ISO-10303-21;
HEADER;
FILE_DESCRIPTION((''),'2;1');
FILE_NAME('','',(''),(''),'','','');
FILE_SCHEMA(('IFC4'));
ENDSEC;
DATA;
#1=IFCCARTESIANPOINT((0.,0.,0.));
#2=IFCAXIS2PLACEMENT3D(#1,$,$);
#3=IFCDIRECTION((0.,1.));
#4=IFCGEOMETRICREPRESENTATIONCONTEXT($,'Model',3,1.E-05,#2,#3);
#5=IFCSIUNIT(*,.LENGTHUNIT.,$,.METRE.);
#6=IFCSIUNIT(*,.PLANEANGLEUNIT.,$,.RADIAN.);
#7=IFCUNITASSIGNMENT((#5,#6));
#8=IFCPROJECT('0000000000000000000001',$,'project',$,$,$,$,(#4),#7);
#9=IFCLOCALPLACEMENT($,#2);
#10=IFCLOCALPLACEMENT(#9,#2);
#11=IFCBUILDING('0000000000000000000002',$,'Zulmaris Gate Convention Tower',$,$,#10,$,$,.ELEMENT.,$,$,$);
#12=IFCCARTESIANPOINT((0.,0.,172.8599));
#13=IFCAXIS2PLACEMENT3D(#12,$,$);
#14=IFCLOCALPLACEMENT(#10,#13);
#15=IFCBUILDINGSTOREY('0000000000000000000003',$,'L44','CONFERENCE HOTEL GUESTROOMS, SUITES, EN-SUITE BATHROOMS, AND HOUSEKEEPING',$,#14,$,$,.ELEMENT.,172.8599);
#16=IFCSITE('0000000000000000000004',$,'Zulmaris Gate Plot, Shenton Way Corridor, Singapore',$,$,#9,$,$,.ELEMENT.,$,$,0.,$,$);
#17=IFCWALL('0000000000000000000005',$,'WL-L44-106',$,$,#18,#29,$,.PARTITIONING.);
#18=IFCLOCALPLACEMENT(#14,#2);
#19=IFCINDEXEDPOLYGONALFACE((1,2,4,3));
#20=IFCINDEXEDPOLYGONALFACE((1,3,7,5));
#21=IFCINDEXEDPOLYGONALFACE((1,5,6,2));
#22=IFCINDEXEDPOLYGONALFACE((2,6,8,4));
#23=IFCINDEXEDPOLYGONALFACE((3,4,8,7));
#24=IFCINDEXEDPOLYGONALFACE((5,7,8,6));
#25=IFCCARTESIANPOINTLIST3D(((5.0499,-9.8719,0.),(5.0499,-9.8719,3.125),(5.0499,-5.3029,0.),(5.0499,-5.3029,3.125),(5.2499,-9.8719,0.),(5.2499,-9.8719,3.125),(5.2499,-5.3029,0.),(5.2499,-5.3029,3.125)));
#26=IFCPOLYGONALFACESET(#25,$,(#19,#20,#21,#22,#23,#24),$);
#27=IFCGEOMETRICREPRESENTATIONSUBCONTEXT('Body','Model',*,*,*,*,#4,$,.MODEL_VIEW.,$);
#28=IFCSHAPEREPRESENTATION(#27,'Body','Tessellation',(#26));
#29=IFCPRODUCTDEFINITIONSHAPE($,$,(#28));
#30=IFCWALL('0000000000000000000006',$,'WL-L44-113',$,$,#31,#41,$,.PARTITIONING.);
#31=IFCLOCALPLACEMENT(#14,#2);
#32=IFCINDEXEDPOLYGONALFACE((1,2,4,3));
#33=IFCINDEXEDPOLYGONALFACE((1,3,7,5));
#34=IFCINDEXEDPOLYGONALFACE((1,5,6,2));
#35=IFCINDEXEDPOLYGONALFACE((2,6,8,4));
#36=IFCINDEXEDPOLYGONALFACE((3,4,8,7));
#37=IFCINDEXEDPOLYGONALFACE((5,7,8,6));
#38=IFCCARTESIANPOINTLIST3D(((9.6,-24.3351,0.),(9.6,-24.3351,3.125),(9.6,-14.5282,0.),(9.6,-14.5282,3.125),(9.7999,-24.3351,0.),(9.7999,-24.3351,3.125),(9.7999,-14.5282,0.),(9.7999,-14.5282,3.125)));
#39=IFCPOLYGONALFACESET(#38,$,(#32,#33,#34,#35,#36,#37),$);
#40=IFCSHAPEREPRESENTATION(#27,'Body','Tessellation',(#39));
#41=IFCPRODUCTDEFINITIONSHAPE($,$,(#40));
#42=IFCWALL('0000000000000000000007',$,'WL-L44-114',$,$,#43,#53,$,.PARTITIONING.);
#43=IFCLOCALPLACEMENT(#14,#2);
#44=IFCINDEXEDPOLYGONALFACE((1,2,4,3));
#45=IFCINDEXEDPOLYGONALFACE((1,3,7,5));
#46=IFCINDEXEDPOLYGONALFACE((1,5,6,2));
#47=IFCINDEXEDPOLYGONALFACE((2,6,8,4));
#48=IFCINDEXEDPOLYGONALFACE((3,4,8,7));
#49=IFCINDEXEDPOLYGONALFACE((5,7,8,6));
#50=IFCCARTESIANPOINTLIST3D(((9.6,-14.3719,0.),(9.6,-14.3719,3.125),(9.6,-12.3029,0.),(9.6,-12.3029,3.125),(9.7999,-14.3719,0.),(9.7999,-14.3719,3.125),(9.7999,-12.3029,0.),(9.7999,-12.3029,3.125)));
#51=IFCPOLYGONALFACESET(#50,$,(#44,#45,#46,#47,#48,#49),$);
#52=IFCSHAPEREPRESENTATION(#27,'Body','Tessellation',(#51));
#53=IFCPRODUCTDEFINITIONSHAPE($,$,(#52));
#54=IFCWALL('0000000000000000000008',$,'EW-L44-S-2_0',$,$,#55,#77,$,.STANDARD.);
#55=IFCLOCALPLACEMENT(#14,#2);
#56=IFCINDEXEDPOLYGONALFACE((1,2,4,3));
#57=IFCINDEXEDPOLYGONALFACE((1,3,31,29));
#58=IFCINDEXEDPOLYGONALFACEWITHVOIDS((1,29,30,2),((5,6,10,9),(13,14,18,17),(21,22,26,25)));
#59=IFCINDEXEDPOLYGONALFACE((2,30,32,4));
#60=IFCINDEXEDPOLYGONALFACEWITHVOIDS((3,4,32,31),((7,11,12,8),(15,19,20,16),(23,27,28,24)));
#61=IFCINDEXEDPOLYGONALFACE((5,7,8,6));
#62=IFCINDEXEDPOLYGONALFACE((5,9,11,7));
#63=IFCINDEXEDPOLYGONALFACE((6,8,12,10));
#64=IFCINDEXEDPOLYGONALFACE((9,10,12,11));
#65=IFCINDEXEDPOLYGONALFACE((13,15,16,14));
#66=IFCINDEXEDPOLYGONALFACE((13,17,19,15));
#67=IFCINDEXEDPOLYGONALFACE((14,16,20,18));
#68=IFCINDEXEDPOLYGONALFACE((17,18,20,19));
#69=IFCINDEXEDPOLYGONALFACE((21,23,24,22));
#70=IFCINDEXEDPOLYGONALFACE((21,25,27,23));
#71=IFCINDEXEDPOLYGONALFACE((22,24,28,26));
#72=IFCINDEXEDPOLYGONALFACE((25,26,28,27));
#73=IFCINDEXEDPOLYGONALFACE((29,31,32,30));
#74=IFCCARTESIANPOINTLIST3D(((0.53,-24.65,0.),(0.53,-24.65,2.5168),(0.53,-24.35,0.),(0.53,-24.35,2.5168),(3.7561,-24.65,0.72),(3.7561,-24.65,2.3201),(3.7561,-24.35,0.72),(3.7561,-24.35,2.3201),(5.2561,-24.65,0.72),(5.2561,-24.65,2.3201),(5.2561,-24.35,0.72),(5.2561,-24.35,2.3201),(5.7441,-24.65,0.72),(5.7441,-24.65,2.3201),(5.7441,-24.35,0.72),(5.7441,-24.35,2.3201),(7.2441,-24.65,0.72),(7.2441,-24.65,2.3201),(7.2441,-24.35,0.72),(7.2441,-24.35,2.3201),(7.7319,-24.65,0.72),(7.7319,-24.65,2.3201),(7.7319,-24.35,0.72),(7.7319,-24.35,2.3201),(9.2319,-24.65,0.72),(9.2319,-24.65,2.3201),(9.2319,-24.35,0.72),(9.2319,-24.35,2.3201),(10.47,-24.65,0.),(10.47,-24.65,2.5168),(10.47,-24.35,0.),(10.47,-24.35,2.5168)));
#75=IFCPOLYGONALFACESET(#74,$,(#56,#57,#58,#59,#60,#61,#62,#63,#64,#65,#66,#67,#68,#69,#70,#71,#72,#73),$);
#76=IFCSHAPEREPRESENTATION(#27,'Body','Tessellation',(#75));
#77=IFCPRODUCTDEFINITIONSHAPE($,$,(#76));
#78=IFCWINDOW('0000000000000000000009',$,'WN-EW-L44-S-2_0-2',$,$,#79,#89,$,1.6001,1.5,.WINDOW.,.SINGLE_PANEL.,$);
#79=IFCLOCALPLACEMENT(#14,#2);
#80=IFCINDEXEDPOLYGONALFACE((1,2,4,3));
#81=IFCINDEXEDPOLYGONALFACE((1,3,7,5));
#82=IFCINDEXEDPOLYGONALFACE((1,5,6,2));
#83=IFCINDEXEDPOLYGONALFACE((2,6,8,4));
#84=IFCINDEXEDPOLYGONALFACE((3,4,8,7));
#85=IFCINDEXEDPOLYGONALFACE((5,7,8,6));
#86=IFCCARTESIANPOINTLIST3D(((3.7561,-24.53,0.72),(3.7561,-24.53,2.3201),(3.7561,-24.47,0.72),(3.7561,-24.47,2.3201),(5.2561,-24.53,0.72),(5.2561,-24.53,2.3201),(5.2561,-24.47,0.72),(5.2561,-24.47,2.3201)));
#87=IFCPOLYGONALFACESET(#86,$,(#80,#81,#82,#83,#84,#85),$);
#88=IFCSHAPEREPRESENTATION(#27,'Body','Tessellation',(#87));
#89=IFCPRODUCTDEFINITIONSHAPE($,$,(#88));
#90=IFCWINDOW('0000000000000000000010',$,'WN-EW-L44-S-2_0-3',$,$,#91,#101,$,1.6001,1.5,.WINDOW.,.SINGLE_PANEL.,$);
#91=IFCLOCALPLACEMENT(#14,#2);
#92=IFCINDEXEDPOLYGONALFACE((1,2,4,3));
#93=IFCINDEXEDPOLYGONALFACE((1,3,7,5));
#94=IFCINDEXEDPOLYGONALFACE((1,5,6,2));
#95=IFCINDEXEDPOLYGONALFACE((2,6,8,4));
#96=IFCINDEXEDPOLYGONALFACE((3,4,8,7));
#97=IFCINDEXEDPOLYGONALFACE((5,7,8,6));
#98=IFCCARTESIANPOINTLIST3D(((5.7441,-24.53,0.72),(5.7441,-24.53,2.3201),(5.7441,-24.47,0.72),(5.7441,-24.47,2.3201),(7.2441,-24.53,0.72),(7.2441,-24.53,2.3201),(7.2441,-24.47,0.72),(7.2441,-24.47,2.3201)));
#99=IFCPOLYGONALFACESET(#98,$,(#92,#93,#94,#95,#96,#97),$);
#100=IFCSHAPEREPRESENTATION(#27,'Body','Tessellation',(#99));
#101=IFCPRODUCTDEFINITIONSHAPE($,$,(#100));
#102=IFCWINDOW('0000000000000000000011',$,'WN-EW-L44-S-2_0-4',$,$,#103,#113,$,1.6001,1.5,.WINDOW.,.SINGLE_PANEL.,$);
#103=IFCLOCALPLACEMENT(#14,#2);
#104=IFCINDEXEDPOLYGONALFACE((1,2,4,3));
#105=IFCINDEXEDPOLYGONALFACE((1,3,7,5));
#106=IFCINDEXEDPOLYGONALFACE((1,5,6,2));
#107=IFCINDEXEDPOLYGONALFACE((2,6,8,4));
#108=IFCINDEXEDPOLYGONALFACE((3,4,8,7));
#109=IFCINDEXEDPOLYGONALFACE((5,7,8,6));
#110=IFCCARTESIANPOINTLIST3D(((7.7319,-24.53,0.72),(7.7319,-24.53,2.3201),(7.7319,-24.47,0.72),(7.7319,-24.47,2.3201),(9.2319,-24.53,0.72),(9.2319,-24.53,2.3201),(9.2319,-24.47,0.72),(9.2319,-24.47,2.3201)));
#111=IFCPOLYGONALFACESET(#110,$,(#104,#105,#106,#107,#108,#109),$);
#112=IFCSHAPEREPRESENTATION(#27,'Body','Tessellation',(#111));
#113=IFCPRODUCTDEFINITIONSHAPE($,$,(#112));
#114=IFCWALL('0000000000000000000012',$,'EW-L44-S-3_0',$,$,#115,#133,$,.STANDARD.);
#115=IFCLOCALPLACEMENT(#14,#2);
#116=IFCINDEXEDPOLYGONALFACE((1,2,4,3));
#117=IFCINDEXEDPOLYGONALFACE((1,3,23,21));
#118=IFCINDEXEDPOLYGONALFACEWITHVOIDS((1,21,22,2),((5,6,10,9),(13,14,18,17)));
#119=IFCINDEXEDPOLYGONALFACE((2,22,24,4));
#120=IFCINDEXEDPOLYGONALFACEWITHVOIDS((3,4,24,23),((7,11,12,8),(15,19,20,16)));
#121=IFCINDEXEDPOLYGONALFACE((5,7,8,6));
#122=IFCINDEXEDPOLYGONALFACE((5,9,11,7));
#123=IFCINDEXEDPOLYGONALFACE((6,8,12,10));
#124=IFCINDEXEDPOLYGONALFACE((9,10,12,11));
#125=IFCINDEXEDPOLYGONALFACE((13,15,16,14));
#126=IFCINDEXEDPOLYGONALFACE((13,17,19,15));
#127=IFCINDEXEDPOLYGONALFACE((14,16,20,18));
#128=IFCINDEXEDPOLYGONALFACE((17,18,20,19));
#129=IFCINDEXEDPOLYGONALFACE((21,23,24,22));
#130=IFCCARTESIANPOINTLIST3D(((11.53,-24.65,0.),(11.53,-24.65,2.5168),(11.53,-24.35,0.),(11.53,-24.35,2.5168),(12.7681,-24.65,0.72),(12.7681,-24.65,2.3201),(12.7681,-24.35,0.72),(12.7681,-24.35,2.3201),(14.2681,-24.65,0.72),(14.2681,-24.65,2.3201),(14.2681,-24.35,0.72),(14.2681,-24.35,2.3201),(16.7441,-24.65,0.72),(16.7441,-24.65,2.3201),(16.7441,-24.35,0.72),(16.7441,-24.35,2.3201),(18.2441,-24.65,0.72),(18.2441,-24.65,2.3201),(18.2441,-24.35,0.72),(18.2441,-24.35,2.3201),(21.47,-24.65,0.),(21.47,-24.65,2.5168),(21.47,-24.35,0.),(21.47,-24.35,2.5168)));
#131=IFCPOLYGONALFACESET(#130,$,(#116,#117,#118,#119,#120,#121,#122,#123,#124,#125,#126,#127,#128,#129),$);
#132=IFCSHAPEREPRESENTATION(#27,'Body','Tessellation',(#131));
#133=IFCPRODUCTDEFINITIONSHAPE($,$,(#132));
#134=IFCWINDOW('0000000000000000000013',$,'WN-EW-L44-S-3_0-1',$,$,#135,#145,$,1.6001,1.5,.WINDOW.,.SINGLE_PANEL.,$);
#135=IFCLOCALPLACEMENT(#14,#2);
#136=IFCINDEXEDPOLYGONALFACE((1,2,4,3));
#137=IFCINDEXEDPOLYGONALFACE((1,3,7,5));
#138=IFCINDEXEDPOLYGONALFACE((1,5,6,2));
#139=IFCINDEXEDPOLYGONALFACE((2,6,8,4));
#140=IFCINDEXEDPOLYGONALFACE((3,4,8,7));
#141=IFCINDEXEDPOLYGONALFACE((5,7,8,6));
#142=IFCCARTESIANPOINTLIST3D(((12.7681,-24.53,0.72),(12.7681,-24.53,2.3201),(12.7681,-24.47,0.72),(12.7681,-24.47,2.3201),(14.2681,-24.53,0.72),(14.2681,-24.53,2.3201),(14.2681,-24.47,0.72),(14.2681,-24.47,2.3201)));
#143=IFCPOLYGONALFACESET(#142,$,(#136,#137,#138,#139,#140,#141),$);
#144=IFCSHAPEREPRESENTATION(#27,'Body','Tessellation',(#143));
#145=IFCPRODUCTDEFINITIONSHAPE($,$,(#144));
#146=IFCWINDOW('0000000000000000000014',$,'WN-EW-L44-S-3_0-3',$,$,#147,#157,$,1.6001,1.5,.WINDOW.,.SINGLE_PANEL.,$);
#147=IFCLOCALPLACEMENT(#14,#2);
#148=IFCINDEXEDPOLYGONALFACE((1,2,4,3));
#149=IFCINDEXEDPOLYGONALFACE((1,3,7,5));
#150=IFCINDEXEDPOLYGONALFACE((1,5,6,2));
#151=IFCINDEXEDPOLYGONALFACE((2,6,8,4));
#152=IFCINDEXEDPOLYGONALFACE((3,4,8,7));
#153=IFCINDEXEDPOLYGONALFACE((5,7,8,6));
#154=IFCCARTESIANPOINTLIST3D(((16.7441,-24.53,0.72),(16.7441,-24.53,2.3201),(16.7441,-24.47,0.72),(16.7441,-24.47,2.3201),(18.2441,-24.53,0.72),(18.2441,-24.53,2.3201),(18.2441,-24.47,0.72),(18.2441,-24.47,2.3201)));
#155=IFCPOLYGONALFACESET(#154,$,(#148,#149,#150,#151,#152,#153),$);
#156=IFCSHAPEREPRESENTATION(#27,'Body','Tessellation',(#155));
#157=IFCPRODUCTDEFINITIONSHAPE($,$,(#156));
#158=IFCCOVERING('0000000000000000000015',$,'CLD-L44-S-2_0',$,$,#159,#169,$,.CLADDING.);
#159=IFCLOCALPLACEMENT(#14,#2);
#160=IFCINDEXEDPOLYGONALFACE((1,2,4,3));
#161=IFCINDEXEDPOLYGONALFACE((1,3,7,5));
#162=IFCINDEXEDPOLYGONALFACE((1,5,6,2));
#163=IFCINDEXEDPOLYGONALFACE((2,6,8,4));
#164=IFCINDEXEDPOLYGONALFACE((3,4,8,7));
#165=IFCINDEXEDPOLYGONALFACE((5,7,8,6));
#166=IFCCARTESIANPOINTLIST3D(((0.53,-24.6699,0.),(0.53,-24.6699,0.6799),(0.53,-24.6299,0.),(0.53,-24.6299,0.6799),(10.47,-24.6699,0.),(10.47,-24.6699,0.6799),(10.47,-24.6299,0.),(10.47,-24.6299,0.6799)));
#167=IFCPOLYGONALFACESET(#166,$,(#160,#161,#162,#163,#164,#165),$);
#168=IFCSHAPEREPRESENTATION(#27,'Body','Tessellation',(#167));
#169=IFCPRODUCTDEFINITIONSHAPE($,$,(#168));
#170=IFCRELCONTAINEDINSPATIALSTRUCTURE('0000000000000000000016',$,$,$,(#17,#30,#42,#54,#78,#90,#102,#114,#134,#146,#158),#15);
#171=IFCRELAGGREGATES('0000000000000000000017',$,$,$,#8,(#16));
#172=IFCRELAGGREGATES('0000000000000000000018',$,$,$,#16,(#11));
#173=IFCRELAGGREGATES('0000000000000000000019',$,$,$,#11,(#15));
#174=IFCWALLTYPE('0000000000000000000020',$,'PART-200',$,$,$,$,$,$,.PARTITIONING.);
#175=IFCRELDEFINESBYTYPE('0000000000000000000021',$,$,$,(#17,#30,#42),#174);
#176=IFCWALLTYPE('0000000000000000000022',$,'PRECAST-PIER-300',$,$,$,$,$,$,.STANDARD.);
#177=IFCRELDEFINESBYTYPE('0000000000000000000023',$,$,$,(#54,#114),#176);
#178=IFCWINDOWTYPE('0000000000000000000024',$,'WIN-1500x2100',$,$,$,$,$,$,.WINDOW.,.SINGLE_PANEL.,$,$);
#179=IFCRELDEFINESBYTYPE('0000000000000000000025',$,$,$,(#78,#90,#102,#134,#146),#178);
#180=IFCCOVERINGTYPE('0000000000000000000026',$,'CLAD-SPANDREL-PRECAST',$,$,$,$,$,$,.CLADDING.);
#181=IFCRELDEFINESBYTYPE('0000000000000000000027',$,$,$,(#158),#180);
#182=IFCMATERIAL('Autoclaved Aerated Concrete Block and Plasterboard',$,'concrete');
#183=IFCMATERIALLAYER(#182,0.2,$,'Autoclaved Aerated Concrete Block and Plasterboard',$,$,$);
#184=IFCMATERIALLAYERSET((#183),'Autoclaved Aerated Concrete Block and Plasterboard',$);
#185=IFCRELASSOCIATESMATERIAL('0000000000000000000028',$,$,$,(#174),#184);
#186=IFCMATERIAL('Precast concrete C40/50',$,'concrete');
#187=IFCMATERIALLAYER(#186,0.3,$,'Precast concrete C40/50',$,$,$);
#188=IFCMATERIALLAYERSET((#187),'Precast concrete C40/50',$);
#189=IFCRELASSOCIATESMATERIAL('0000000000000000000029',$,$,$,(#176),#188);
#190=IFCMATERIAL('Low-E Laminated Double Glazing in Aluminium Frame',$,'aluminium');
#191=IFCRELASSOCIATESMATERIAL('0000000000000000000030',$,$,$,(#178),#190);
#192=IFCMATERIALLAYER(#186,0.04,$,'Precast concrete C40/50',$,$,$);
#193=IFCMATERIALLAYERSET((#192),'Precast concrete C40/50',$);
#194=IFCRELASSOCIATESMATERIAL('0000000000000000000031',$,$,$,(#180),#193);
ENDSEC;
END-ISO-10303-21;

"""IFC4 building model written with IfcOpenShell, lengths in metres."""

from ifc_helpers import new_model, si_unit, direction, frame, frame_2d, origin, place, context, subcontext, project, spatial, rectangle, extrude, material, layer, layer_set, type_object, element, fill, save


model = new_model("IFC4")

# Units and contexts
model_context = context("Model", 3, precision=1e-05, world=origin(), true_north=direction((0.0, 1.0)))
body_context = subcontext(model_context, "Body", "Model", "MODEL_VIEW")
ifc_project = project(units=[si_unit("LENGTHUNIT", "METRE"), si_unit("PLANEANGLEUNIT", "RADIAN")], contexts=[model_context])

# Site, building, storey
site_placement = place(None, origin())
site = spatial("IfcSite", under=ifc_project, at=site_placement, Name="Zulmaris Gate Plot, Shenton Way Corridor, Singapore", CompositionType="ELEMENT", RefElevation=0.0)
building_placement = place(site_placement, origin())
building = spatial("IfcBuilding", under=site, at=building_placement, Name="Zulmaris Gate Convention Tower", CompositionType="ELEMENT")
storey_placement = place(building_placement, frame((0.0, 0.0, 172.8599)))
storey = spatial("IfcBuildingStorey", under=building, at=storey_placement, Name="L44", Description="CONFERENCE HOTEL GUESTROOMS, SUITES, EN-SUITE BATHROOMS, AND HOUSEKEEPING", CompositionType="ELEMENT", Elevation=172.8599)

# Walls
ifc_material_1 = material(Name="Autoclaved Aerated Concrete Block and Plasterboard", Category="concrete")
ifc_layer_1 = layer(ifc_material_1, 0.2, Name="Autoclaved Aerated Concrete Block and Plasterboard")
ifc_layer_set_1 = layer_set([ifc_layer_1], Name="Autoclaved Aerated Concrete Block and Plasterboard")
wall_type_1 = type_object("IfcWallType", Name="PART-200", PredefinedType="PARTITIONING", material=ifc_layer_set_1)
wall_1_placement = place(storey_placement, frame((5.1499, -9.8721, 0.0), z_axis=(0.0, 0.0, 1.0), x_axis=(0.0, 1.0, 0.0)))
element("IfcWall", 1, at=wall_1_placement, inside=storey, type_object=wall_type_1, Name="WL-L44-106", PredefinedType="PARTITIONING", context=body_context, shape_type="SweptSolid", body=[
    extrude(rectangle(XDim=4.5691, YDim=0.2, at=frame_2d((2.2847, 0.0))), origin(), (0.0, 0.0, 1.0), 3.125),
])
wall_2_placement = place(storey_placement, frame((9.7, -24.335, 0.0), z_axis=(0.0, 0.0, 1.0), x_axis=(0.0, 1.0, 0.0)))
element("IfcWall", 2, at=wall_2_placement, inside=storey, type_object=wall_type_1, Name="WL-L44-113", PredefinedType="PARTITIONING", context=body_context, shape_type="SweptSolid", body=[
    extrude(rectangle(XDim=9.8069, YDim=0.2, at=frame_2d((4.9033, 0.0))), origin(), (0.0, 0.0, 1.0), 3.125),
])
wall_3_placement = place(storey_placement, frame((9.7, -14.3721, 0.0), z_axis=(0.0, 0.0, 1.0), x_axis=(0.0, 1.0, 0.0)))
element("IfcWall", 3, at=wall_3_placement, inside=storey, type_object=wall_type_1, Name="WL-L44-114", PredefinedType="PARTITIONING", context=body_context, shape_type="SweptSolid", body=[
    extrude(rectangle(XDim=2.0691, YDim=0.2, at=frame_2d((1.0347, 0.0))), origin(), (0.0, 0.0, 1.0), 3.125),
])

# Walls, openings, windows
ifc_material_2 = material(Name="Precast concrete C40/50", Category="concrete")
ifc_layer_2 = layer(ifc_material_2, 0.3, Name="Precast concrete C40/50")
ifc_layer_set_2 = layer_set([ifc_layer_2], Name="Precast concrete C40/50")
wall_type_2 = type_object("IfcWallType", Name="PRECAST-PIER-300", PredefinedType="STANDARD", material=ifc_layer_set_2)
wall_4_placement = place(storey_placement, frame((0.53, -24.5, 0.0), z_axis=(0.0, 0.0, 1.0), x_axis=(1.0, 0.0, 0.0)))
wall_4 = element("IfcWall", 4, at=wall_4_placement, inside=storey, type_object=wall_type_2, Name="EW-L44-S-2_0", PredefinedType="STANDARD", context=body_context, shape_type="SweptSolid", body=[
    extrude(rectangle(XDim=9.9399, YDim=0.3, at=frame_2d((4.97, 0.0))), origin(), (0.0, 0.0, 1.0), 2.5168),
])
opening_1_placement = place(wall_4_placement, frame((3.2261, 0.0, 0.72)))
opening_1 = element("IfcOpeningElement", 5, at=opening_1_placement, cuts=wall_4, PredefinedType="OPENING", context=body_context, shape_type="SweptSolid", body=[
    extrude(rectangle(XDim=1.5, YDim=1.6001, at=frame_2d((0.75, 0.8))), frame((0.0, 0.1602, 0.0), z_axis=(0.0, -1.0, 0.0), x_axis=(1.0, 0.0, 0.0)), (0.0, 0.0, 1.0), 0.3201),
])
opening_2_placement = place(wall_4_placement, frame((5.2141, 0.0, 0.72)))
opening_2 = element("IfcOpeningElement", 6, at=opening_2_placement, cuts=wall_4, PredefinedType="OPENING", context=body_context, shape_type="SweptSolid", body=[
    extrude(rectangle(XDim=1.5, YDim=1.6001, at=frame_2d((0.75, 0.8))), frame((0.0, 0.1602, 0.0), z_axis=(0.0, -1.0, 0.0), x_axis=(1.0, 0.0, 0.0)), (0.0, 0.0, 1.0), 0.3201),
])
opening_3_placement = place(wall_4_placement, frame((7.2019, 0.0, 0.72)))
opening_3 = element("IfcOpeningElement", 7, at=opening_3_placement, cuts=wall_4, PredefinedType="OPENING", context=body_context, shape_type="SweptSolid", body=[
    extrude(rectangle(XDim=1.5, YDim=1.6001, at=frame_2d((0.75, 0.8))), frame((0.0, 0.1602, 0.0), z_axis=(0.0, -1.0, 0.0), x_axis=(1.0, 0.0, 0.0)), (0.0, 0.0, 1.0), 0.3201),
])
ifc_material_3 = material(Name="Low-E Laminated Double Glazing in Aluminium Frame", Category="aluminium")
window_type = type_object("IfcWindowType", Name="WIN-1500x2100", PartitioningType="SINGLE_PANEL", PredefinedType="WINDOW", material=ifc_material_3)
window_1_placement = place(opening_1_placement, origin())
window_1 = element("IfcWindow", 8, at=window_1_placement, inside=storey, type_object=window_type, Name="WN-EW-L44-S-2_0-2", OverallHeight=1.6001, OverallWidth=1.5, PartitioningType="SINGLE_PANEL", PredefinedType="WINDOW", context=body_context, shape_type="SweptSolid", body=[
    extrude(rectangle(XDim=1.5, YDim=1.6001, at=frame_2d((0.75, 0.8))), frame((0.0, 0.03, 0.0), z_axis=(0.0, -1.0, 0.0), x_axis=(1.0, 0.0, 0.0)), (0.0, 0.0, 1.0), 0.0601),
])
fill(opening_1, window_1)
window_2_placement = place(opening_2_placement, origin())
window_2 = element("IfcWindow", 9, at=window_2_placement, inside=storey, type_object=window_type, Name="WN-EW-L44-S-2_0-3", OverallHeight=1.6001, OverallWidth=1.5, PartitioningType="SINGLE_PANEL", PredefinedType="WINDOW", context=body_context, shape_type="SweptSolid", body=[
    extrude(rectangle(XDim=1.5, YDim=1.6001, at=frame_2d((0.75, 0.8))), frame((0.0, 0.03, 0.0), z_axis=(0.0, -1.0, 0.0), x_axis=(1.0, 0.0, 0.0)), (0.0, 0.0, 1.0), 0.0601),
])
fill(opening_2, window_2)
window_3_placement = place(opening_3_placement, origin())
window_3 = element("IfcWindow", 10, at=window_3_placement, inside=storey, type_object=window_type, Name="WN-EW-L44-S-2_0-4", OverallHeight=1.6001, OverallWidth=1.5, PartitioningType="SINGLE_PANEL", PredefinedType="WINDOW", context=body_context, shape_type="SweptSolid", body=[
    extrude(rectangle(XDim=1.5, YDim=1.6001, at=frame_2d((0.75, 0.8))), frame((0.0, 0.03, 0.0), z_axis=(0.0, -1.0, 0.0), x_axis=(1.0, 0.0, 0.0)), (0.0, 0.0, 1.0), 0.0601),
])
fill(opening_3, window_3)
wall_5_placement = place(storey_placement, frame((11.53, -24.5, 0.0), z_axis=(0.0, 0.0, 1.0), x_axis=(1.0, 0.0, 0.0)))
wall_5 = element("IfcWall", 11, at=wall_5_placement, inside=storey, type_object=wall_type_2, Name="EW-L44-S-3_0", PredefinedType="STANDARD", context=body_context, shape_type="SweptSolid", body=[
    extrude(rectangle(XDim=9.9399, YDim=0.3, at=frame_2d((4.97, 0.0))), origin(), (0.0, 0.0, 1.0), 2.5168),
])
opening_4_placement = place(wall_5_placement, frame((1.238, 0.0, 0.72)))
opening_4 = element("IfcOpeningElement", 12, at=opening_4_placement, cuts=wall_5, PredefinedType="OPENING", context=body_context, shape_type="SweptSolid", body=[
    extrude(rectangle(XDim=1.5, YDim=1.6001, at=frame_2d((0.75, 0.8))), frame((0.0, 0.1602, 0.0), z_axis=(0.0, -1.0, 0.0), x_axis=(1.0, 0.0, 0.0)), (0.0, 0.0, 1.0), 0.3201),
])
opening_5_placement = place(wall_5_placement, frame((5.2141, 0.0, 0.72)))
opening_5 = element("IfcOpeningElement", 13, at=opening_5_placement, cuts=wall_5, PredefinedType="OPENING", context=body_context, shape_type="SweptSolid", body=[
    extrude(rectangle(XDim=1.5, YDim=1.6001, at=frame_2d((0.75, 0.8))), frame((0.0, 0.1602, 0.0), z_axis=(0.0, -1.0, 0.0), x_axis=(1.0, 0.0, 0.0)), (0.0, 0.0, 1.0), 0.3201),
])
window_4_placement = place(opening_4_placement, origin())
window_4 = element("IfcWindow", 14, at=window_4_placement, inside=storey, type_object=window_type, Name="WN-EW-L44-S-3_0-1", OverallHeight=1.6001, OverallWidth=1.5, PartitioningType="SINGLE_PANEL", PredefinedType="WINDOW", context=body_context, shape_type="SweptSolid", body=[
    extrude(rectangle(XDim=1.5, YDim=1.6001, at=frame_2d((0.75, 0.8))), frame((0.0, 0.03, 0.0), z_axis=(0.0, -1.0, 0.0), x_axis=(1.0, 0.0, 0.0)), (0.0, 0.0, 1.0), 0.0601),
])
fill(opening_4, window_4)
window_5_placement = place(opening_5_placement, origin())
window_5 = element("IfcWindow", 15, at=window_5_placement, inside=storey, type_object=window_type, Name="WN-EW-L44-S-3_0-3", OverallHeight=1.6001, OverallWidth=1.5, PartitioningType="SINGLE_PANEL", PredefinedType="WINDOW", context=body_context, shape_type="SweptSolid", body=[
    extrude(rectangle(XDim=1.5, YDim=1.6001, at=frame_2d((0.75, 0.8))), frame((0.0, 0.03, 0.0), z_axis=(0.0, -1.0, 0.0), x_axis=(1.0, 0.0, 0.0)), (0.0, 0.0, 1.0), 0.0601),
])
fill(opening_5, window_5)

# Covering
ifc_layer_3 = layer(ifc_material_2, 0.04, Name="Precast concrete C40/50")
ifc_layer_set_3 = layer_set([ifc_layer_3], Name="Precast concrete C40/50")
covering_type = type_object("IfcCoveringType", Name="CLAD-SPANDREL-PRECAST", PredefinedType="CLADDING", material=ifc_layer_set_3)
for number, where, z_axis, x_axis, name in (
    (16, (0.53, -24.6499, 0.0), (0.0, 0.0, 1.0), (1.0, 0.0, 0.0), "CLD-L44-S-2_0"),
):
    element("IfcCovering", number, at=place(storey_placement, frame(where, z_axis=z_axis, x_axis=x_axis)), inside=storey, type_object=covering_type, Name=name, PredefinedType="CLADDING", context=body_context, shape_type="SweptSolid", body=[
        extrude(rectangle(XDim=9.9399, YDim=0.04, at=frame_2d((4.97, 0.0))), origin(), (0.0, 0.0, 1.0), 0.6799),
    ])

save(model, "model.ifc")
